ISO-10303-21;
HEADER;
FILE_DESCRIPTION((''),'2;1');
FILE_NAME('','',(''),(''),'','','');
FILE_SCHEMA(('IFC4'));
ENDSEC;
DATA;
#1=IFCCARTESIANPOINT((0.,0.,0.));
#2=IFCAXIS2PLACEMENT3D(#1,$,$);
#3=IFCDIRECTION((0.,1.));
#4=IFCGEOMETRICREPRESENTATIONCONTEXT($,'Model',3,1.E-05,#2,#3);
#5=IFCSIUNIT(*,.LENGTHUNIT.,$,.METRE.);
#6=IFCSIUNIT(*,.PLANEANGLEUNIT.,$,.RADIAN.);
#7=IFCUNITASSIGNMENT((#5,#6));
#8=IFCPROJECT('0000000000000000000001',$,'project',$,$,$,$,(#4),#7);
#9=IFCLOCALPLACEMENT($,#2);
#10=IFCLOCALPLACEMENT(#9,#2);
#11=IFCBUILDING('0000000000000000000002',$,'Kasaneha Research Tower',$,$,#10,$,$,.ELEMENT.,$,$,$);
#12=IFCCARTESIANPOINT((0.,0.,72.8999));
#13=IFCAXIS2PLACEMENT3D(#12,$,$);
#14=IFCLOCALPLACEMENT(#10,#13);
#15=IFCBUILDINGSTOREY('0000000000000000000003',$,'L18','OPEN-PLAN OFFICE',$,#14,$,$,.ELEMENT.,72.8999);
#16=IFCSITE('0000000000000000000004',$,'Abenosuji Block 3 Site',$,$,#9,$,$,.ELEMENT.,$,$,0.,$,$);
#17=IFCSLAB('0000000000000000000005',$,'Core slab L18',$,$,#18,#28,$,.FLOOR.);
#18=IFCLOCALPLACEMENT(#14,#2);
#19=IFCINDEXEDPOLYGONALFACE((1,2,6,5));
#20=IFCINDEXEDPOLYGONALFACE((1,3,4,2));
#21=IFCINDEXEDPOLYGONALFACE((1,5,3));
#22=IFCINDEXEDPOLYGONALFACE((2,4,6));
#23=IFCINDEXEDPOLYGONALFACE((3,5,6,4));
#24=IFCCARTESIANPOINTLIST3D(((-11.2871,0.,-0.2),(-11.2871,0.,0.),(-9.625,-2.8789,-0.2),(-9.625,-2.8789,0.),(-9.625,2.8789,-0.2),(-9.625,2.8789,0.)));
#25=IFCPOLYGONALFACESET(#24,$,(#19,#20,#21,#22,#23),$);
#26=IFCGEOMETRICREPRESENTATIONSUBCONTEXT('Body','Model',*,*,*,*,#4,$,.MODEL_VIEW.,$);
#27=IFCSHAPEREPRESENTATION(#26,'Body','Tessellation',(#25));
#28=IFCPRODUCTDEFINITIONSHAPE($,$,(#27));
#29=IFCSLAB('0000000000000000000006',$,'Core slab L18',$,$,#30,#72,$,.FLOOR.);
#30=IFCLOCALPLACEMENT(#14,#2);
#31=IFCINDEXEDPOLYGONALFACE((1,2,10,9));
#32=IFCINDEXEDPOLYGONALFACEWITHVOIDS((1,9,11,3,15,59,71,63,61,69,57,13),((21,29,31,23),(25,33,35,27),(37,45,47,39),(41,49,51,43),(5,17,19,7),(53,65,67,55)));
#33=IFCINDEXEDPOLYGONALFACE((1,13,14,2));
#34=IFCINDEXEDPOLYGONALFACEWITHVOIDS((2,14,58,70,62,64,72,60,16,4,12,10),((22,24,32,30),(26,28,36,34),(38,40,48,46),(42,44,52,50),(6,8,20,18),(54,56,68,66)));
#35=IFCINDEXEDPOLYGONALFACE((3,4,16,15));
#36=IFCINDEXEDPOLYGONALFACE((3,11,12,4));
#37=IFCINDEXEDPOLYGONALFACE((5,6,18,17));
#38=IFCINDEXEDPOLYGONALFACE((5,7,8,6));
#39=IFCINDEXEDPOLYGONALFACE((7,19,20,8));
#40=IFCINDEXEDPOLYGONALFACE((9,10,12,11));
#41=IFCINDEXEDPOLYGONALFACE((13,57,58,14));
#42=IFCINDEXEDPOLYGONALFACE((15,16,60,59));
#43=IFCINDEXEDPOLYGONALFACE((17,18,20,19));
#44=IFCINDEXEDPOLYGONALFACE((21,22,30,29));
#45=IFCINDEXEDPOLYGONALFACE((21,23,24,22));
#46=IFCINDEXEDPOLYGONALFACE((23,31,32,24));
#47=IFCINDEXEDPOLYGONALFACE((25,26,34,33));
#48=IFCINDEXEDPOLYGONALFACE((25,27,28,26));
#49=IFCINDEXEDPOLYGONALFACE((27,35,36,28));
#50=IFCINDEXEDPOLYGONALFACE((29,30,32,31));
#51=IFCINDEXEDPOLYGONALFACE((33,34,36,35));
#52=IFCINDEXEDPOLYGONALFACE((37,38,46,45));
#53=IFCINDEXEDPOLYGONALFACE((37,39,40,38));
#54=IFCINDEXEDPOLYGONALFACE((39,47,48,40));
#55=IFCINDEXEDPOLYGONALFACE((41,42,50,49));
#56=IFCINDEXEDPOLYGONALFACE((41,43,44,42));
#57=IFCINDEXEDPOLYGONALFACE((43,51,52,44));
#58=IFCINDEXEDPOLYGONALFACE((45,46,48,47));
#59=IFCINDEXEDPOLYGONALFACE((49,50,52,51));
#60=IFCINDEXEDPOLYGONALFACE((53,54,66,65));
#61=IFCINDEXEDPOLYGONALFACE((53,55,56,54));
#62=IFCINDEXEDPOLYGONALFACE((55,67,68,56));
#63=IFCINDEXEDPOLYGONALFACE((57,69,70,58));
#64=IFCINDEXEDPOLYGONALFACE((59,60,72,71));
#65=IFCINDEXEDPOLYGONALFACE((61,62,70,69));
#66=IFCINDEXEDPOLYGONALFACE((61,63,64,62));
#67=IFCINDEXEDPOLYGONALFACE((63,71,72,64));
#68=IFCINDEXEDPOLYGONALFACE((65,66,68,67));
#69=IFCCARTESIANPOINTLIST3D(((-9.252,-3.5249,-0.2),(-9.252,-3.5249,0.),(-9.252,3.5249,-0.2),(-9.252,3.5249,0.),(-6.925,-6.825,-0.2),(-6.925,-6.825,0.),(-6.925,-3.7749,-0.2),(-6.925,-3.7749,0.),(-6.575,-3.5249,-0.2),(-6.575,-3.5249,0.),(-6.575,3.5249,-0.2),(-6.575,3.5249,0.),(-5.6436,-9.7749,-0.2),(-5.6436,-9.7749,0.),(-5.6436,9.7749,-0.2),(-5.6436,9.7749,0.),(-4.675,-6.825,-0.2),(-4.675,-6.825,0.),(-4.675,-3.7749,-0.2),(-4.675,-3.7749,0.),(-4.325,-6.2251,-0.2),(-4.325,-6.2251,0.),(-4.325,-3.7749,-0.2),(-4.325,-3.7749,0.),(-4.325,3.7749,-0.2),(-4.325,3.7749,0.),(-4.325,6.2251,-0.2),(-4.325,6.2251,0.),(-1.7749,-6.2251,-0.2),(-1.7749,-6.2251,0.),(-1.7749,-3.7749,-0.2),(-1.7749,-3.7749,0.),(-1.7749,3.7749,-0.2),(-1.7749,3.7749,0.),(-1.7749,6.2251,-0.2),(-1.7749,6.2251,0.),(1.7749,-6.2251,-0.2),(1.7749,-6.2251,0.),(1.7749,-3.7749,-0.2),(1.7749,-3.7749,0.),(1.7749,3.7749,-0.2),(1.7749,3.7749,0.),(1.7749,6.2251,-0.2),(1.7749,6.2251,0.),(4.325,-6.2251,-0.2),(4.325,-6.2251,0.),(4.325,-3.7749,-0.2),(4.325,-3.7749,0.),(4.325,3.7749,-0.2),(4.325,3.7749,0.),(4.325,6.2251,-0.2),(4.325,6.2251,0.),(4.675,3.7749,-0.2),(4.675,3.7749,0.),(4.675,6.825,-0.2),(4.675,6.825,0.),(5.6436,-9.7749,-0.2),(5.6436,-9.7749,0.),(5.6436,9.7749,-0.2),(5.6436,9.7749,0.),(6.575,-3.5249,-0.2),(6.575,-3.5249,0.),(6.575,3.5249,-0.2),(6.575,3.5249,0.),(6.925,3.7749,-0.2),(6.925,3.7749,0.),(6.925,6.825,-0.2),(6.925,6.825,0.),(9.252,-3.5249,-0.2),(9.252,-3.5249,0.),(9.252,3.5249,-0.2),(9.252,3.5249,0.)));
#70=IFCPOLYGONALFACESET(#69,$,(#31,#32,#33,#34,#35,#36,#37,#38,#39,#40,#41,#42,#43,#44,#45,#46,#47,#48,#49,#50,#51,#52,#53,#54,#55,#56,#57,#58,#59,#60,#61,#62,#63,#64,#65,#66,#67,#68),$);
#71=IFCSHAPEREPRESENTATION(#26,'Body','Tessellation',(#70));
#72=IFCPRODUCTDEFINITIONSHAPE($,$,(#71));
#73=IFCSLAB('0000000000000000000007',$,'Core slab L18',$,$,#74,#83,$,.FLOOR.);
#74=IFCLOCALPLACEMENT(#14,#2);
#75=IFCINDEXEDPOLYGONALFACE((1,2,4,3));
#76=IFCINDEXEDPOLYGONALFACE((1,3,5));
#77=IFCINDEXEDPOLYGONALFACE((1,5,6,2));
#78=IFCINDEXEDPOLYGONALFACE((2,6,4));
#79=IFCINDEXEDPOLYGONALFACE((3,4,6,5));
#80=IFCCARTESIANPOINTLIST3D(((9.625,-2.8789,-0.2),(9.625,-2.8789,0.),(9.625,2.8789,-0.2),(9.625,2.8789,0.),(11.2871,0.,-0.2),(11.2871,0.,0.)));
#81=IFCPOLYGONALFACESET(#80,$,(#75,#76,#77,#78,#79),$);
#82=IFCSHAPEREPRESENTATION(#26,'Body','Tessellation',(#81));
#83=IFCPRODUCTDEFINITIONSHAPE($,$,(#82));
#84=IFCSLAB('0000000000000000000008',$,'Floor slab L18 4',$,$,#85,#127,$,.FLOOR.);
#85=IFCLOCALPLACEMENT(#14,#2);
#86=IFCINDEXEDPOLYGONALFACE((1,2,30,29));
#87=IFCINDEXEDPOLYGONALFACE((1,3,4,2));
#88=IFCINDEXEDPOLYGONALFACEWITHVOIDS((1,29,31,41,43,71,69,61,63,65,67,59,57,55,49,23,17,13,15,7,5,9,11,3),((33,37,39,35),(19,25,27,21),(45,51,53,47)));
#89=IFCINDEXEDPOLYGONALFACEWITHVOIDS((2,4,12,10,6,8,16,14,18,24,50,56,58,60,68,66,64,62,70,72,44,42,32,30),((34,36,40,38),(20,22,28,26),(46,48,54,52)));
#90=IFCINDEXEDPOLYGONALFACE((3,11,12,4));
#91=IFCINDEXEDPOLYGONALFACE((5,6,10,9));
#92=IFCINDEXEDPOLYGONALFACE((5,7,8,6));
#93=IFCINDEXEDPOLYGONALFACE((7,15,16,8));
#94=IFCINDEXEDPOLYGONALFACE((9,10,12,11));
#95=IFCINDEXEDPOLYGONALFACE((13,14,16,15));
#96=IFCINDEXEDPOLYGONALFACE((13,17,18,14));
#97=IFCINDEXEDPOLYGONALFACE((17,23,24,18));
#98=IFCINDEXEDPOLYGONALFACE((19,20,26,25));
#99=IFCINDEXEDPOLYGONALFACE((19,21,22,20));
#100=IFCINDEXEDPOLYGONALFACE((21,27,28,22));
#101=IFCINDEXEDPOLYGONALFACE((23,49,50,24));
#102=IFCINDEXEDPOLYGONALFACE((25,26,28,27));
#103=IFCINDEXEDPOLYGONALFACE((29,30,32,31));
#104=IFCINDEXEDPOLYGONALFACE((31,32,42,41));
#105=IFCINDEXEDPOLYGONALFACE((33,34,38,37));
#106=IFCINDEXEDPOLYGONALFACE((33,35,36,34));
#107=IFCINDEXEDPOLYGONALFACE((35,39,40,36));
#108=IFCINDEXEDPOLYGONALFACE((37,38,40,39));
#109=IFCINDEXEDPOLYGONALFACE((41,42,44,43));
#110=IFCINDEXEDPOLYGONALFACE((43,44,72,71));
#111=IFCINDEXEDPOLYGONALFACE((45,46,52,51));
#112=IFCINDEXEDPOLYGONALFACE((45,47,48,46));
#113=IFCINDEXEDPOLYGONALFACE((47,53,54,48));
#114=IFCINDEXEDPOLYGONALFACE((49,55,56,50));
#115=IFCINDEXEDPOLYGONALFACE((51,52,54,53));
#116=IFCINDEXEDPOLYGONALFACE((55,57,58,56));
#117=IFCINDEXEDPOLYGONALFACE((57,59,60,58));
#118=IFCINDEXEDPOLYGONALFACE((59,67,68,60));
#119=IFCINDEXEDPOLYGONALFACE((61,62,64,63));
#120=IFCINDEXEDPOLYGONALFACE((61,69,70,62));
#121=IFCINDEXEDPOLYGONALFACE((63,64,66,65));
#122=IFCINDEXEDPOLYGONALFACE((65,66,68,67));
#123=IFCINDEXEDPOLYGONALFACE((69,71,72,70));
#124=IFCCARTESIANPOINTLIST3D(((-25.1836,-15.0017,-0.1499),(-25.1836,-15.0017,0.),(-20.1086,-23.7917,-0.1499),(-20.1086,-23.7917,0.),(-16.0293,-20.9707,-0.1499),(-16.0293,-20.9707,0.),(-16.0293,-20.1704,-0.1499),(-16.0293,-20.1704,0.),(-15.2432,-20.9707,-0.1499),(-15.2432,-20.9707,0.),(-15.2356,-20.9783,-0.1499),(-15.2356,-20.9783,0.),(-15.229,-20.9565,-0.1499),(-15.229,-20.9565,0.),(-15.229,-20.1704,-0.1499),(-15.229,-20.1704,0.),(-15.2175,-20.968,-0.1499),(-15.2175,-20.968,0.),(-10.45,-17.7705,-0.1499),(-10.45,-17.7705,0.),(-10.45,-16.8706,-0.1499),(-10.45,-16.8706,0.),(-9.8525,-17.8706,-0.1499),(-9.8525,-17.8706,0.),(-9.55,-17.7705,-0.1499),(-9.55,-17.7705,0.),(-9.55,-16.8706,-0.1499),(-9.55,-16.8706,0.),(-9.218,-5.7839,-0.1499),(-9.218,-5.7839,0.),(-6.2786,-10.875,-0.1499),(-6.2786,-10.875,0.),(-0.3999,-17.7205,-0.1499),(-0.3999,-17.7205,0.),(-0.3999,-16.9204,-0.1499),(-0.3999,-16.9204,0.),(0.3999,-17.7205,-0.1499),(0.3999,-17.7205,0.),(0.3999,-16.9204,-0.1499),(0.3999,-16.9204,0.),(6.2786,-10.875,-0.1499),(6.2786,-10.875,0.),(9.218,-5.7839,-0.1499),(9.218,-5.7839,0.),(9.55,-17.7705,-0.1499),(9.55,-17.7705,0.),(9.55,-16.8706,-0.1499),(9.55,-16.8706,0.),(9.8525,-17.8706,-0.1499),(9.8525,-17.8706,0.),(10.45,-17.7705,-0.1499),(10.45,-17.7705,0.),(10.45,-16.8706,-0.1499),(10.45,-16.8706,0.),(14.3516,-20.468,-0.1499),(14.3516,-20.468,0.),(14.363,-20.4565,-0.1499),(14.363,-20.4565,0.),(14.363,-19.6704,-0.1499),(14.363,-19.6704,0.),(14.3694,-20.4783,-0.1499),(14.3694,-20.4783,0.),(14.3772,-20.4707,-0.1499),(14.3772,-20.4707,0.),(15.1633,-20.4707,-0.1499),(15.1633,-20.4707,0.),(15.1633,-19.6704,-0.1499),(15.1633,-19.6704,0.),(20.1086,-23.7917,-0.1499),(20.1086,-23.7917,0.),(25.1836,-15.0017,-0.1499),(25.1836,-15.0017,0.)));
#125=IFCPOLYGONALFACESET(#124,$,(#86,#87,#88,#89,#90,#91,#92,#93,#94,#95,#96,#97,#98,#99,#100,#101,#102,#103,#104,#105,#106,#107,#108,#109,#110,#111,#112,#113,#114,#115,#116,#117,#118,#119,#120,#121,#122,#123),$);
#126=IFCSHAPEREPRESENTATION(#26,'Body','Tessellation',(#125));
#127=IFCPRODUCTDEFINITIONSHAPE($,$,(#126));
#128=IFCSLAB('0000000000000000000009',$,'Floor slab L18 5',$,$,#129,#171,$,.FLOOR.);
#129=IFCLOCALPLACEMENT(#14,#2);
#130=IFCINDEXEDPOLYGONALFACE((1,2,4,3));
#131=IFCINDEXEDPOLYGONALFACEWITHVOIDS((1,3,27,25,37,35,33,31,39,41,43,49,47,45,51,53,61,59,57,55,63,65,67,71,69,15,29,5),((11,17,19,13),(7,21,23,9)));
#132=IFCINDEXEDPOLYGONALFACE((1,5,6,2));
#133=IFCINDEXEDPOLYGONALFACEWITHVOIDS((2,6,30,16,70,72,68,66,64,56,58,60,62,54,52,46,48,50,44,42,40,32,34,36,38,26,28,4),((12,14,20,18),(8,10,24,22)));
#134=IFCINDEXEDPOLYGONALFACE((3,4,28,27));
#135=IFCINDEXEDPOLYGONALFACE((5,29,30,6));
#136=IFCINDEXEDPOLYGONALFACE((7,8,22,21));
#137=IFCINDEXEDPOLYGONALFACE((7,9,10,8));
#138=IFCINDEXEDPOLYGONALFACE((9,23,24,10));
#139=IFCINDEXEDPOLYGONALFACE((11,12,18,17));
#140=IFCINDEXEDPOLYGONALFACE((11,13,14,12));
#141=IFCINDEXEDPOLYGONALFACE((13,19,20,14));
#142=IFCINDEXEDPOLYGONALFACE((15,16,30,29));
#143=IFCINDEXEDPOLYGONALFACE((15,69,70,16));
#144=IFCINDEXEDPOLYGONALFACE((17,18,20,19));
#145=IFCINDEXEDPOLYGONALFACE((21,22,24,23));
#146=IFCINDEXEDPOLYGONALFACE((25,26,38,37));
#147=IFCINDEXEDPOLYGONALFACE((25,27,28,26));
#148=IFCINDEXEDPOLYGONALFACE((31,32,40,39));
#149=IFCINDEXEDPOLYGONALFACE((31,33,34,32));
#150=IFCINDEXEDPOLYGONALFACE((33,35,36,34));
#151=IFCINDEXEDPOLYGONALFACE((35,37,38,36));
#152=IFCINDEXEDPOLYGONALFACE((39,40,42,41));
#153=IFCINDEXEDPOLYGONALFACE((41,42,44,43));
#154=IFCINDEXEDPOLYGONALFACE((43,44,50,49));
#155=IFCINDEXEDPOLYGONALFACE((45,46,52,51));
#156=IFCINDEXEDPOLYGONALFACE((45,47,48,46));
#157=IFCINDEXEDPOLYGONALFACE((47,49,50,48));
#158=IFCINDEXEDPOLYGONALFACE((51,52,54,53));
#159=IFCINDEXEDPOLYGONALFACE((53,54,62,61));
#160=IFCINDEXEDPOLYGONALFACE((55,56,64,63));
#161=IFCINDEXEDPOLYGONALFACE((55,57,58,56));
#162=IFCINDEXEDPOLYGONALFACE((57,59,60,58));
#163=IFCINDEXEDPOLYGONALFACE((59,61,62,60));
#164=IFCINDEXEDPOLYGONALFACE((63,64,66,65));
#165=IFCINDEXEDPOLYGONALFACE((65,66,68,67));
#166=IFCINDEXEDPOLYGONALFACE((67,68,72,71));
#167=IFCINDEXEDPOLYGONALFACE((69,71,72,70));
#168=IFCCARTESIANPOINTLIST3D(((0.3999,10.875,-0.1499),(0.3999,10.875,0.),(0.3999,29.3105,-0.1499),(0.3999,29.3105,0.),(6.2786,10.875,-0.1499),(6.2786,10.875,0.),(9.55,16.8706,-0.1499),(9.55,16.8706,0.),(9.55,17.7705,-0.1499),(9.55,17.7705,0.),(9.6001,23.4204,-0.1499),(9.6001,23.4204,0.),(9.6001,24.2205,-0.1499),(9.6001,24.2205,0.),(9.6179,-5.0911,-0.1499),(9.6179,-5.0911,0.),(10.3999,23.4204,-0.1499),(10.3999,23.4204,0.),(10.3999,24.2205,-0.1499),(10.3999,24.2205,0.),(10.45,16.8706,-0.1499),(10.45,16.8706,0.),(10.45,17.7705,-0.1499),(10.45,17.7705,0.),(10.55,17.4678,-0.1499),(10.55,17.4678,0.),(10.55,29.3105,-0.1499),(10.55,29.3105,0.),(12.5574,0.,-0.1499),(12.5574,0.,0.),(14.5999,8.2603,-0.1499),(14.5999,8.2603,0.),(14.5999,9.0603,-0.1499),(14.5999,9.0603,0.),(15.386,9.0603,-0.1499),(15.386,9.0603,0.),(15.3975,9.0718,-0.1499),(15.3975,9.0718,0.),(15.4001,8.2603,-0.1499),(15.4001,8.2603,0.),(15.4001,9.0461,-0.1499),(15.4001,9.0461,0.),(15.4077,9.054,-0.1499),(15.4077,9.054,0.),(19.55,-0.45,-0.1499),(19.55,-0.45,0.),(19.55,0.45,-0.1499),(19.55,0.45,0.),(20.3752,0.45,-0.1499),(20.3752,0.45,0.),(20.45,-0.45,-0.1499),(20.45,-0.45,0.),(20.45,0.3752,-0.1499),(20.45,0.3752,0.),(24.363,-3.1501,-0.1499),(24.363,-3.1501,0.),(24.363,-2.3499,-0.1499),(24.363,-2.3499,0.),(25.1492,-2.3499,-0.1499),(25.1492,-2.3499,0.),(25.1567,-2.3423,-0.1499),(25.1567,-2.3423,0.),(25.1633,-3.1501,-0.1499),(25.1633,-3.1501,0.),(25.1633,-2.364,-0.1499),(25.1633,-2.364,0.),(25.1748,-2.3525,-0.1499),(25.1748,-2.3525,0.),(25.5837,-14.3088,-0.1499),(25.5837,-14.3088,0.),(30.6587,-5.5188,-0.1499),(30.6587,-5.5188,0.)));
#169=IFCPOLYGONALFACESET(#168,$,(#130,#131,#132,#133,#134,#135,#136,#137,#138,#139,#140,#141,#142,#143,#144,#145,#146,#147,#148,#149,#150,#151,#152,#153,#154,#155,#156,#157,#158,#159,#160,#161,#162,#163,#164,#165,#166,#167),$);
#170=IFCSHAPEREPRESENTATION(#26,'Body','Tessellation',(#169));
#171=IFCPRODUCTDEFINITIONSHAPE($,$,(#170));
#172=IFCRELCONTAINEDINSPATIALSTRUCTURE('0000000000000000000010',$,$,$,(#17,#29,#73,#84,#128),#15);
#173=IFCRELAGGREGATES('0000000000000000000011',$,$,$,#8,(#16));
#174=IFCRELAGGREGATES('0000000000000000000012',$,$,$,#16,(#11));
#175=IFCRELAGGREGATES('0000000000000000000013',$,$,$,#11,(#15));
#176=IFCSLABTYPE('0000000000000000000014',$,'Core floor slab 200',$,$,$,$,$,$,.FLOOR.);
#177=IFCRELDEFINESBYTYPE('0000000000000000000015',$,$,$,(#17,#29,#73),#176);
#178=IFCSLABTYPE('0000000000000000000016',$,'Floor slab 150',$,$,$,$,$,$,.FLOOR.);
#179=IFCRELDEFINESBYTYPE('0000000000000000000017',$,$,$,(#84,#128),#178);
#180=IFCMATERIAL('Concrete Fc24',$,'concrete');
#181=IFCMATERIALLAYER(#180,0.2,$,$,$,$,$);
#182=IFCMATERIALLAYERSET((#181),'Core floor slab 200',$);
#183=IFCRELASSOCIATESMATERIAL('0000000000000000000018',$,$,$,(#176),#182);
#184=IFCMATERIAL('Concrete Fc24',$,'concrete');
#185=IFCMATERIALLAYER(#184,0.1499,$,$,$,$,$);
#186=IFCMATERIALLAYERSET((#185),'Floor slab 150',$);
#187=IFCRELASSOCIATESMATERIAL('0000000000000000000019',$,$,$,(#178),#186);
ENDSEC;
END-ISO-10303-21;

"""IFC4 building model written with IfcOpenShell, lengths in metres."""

from ifc_helpers import new_model, si_unit, direction, frame, origin, place, context, subcontext, project, spatial, polyline, outline, extrude, material, layer, layer_set, type_object, element, save


model = new_model("IFC4")

# Units and contexts
model_context = context("Model", 3, precision=1e-05, world=origin(), true_north=direction((0.0, 1.0)))
body_context = subcontext(model_context, "Body", "Model", "MODEL_VIEW")
ifc_project = project(units=[si_unit("LENGTHUNIT", "METRE"), si_unit("PLANEANGLEUNIT", "RADIAN")], contexts=[model_context])

# Site, building, storey
site_placement = place(None, origin())
site = spatial("IfcSite", under=ifc_project, at=site_placement, Name="Abenosuji Block 3 Site", CompositionType="ELEMENT", RefElevation=0.0)
building_placement = place(site_placement, origin())
building = spatial("IfcBuilding", under=site, at=building_placement, Name="Kasaneha Research Tower", CompositionType="ELEMENT")
storey_placement = place(building_placement, frame((0.0, 0.0, 72.8999)))
storey = spatial("IfcBuildingStorey", under=building, at=storey_placement, Name="L18", Description="OPEN-PLAN OFFICE", CompositionType="ELEMENT", Elevation=72.8999)

# Slabs
ifc_material_1 = material(Name="Concrete Fc24", Category="concrete")
ifc_layer_1 = layer(ifc_material_1, 0.2)
ifc_layer_set_1 = layer_set([ifc_layer_1], Name="Core floor slab 200")
slab_type_1 = type_object("IfcSlabType", Name="Core floor slab 200", PredefinedType="FLOOR", material=ifc_layer_set_1)
slab_1_placement = place(storey_placement, frame((0.0, 0.0, -0.2)))
element("IfcSlab", 1, at=slab_1_placement, inside=storey, type_object=slab_type_1, Name="Core slab L18", PredefinedType="FLOOR", context=body_context, shape_type="SweptSolid", body=[
    extrude(outline(polyline([(-11.2871, 0.0), (-9.625, 2.8789), (-9.625, -2.8789), (-11.2871, 0.0)])), origin(), (0.0, 0.0, 1.0), 0.2),
])
slab_2_placement = place(storey_placement, frame((0.0, 0.0, -0.2)))
element("IfcSlab", 2, at=slab_2_placement, inside=storey, type_object=slab_type_1, Name="Core slab L18", PredefinedType="FLOOR", context=body_context, shape_type="SweptSolid", body=[
    extrude(outline(polyline([(-5.6436, 9.7749), (5.6436, 9.7749), (9.252, 3.5249), (6.575, 3.5249), (6.575, -3.5249), (9.252, -3.5249), (5.6436, -9.7749), (-5.6436, -9.7749), (-9.252, -3.5249), (-6.575, -3.5249), (-6.575, 3.5249), (-9.252, 3.5249), (-5.6436, 9.7749)]), holes=[polyline([(-6.925, -3.7749), (-6.925, -6.825), (-4.675, -6.825), (-4.675, -3.7749), (-6.925, -3.7749)]), polyline([(-4.325, -3.7749), (-4.325, -6.2251), (-1.7749, -6.2251), (-1.7749, -3.7749), (-4.325, -3.7749)]), polyline([(1.7749, -3.7749), (1.7749, -6.2251), (4.325, -6.2251), (4.325, -3.7749), (1.7749, -3.7749)]), polyline([(-4.325, 6.2251), (-4.325, 3.7749), (-1.7749, 3.7749), (-1.7749, 6.2251), (-4.325, 6.2251)]), polyline([(1.7749, 6.2251), (1.7749, 3.7749), (4.325, 3.7749), (4.325, 6.2251), (1.7749, 6.2251)]), polyline([(4.675, 6.825), (4.675, 3.7749), (6.925, 3.7749), (6.925, 6.825), (4.675, 6.825)])]), origin(), (0.0, 0.0, 1.0), 0.2),
])
slab_3_placement = place(storey_placement, frame((0.0, 0.0, -0.2)))
element("IfcSlab", 3, at=slab_3_placement, inside=storey, type_object=slab_type_1, Name="Core slab L18", PredefinedType="FLOOR", context=body_context, shape_type="SweptSolid", body=[
    extrude(outline(polyline([(11.2871, 0.0), (9.625, -2.8789), (9.625, 2.8789), (11.2871, 0.0)])), origin(), (0.0, 0.0, 1.0), 0.2),
])
ifc_material_2 = material(Name="Concrete Fc24", Category="concrete")
ifc_layer_2 = layer(ifc_material_2, 0.1499)
ifc_layer_set_2 = layer_set([ifc_layer_2], Name="Floor slab 150")
slab_type_2 = type_object("IfcSlabType", Name="Floor slab 150", PredefinedType="FLOOR", material=ifc_layer_set_2)
slab_4_placement = place(storey_placement, frame((0.0, 0.0, -0.1499)))
element("IfcSlab", 4, at=slab_4_placement, inside=storey, type_object=slab_type_2, Name="Floor slab L18 4", PredefinedType="FLOOR", context=body_context, shape_type="SweptSolid", body=[
    extrude(outline(polyline([(-6.2786, -10.875), (6.2786, -10.875), (9.218, -5.7839), (25.1836, -15.0017), (20.1086, -23.7917), (14.3694, -20.4783), (14.3772, -20.4707), (15.1633, -20.4707), (15.1633, -19.6704), (14.363, -19.6704), (14.363, -20.4565), (14.3516, -20.468), (9.8525, -17.8706), (-9.8525, -17.8706), (-15.2175, -20.968), (-15.229, -20.9565), (-15.229, -20.1704), (-16.0293, -20.1704), (-16.0293, -20.9707), (-15.2432, -20.9707), (-15.2356, -20.9783), (-20.1086, -23.7917), (-25.1836, -15.0017), (-9.218, -5.7839), (-6.2786, -10.875)]), holes=[polyline([(0.3999, -17.7205), (0.3999, -16.9204), (-0.3999, -16.9204), (-0.3999, -17.7205), (0.3999, -17.7205)]), polyline([(-9.55, -16.8706), (-10.45, -16.8706), (-10.45, -17.7705), (-9.55, -17.7705), (-9.55, -16.8706)]), polyline([(10.45, -16.8706), (9.55, -16.8706), (9.55, -17.7705), (10.45, -17.7705), (10.45, -16.8706)])]), origin(), (0.0, 0.0, 1.0), 0.1499),
])
slab_5_placement = place(storey_placement, frame((0.0, 0.0, -0.1499)))
element("IfcSlab", 5, at=slab_5_placement, inside=storey, type_object=slab_type_2, Name="Floor slab L18 5", PredefinedType="FLOOR", context=body_context, shape_type="SweptSolid", body=[
    extrude(outline(polyline([(9.6179, -5.0911), (12.5574, 0.0), (6.2786, 10.875), (0.3999, 10.875), (0.3999, 29.3105), (10.55, 29.3105), (10.55, 17.4678), (15.3975, 9.0718), (15.386, 9.0603), (14.5999, 9.0603), (14.5999, 8.2603), (15.4001, 8.2603), (15.4001, 9.0461), (15.4077, 9.054), (20.3752, 0.45), (19.55, 0.45), (19.55, -0.45), (20.45, -0.45), (20.45, 0.3752), (25.1567, -2.3423), (25.1492, -2.3499), (24.363, -2.3499), (24.363, -3.1501), (25.1633, -3.1501), (25.1633, -2.364), (25.1748, -2.3525), (30.6587, -5.5188), (25.5837, -14.3088), (9.6179, -5.0911)]), holes=[polyline([(10.45, 16.8706), (10.45, 17.7705), (9.55, 17.7705), (9.55, 16.8706), (10.45, 16.8706)]), polyline([(10.3999, 23.4204), (10.3999, 24.2205), (9.6001, 24.2205), (9.6001, 23.4204), (10.3999, 23.4204)])]), origin(), (0.0, 0.0, 1.0), 0.1499),
])

save(model, "model.ifc")
